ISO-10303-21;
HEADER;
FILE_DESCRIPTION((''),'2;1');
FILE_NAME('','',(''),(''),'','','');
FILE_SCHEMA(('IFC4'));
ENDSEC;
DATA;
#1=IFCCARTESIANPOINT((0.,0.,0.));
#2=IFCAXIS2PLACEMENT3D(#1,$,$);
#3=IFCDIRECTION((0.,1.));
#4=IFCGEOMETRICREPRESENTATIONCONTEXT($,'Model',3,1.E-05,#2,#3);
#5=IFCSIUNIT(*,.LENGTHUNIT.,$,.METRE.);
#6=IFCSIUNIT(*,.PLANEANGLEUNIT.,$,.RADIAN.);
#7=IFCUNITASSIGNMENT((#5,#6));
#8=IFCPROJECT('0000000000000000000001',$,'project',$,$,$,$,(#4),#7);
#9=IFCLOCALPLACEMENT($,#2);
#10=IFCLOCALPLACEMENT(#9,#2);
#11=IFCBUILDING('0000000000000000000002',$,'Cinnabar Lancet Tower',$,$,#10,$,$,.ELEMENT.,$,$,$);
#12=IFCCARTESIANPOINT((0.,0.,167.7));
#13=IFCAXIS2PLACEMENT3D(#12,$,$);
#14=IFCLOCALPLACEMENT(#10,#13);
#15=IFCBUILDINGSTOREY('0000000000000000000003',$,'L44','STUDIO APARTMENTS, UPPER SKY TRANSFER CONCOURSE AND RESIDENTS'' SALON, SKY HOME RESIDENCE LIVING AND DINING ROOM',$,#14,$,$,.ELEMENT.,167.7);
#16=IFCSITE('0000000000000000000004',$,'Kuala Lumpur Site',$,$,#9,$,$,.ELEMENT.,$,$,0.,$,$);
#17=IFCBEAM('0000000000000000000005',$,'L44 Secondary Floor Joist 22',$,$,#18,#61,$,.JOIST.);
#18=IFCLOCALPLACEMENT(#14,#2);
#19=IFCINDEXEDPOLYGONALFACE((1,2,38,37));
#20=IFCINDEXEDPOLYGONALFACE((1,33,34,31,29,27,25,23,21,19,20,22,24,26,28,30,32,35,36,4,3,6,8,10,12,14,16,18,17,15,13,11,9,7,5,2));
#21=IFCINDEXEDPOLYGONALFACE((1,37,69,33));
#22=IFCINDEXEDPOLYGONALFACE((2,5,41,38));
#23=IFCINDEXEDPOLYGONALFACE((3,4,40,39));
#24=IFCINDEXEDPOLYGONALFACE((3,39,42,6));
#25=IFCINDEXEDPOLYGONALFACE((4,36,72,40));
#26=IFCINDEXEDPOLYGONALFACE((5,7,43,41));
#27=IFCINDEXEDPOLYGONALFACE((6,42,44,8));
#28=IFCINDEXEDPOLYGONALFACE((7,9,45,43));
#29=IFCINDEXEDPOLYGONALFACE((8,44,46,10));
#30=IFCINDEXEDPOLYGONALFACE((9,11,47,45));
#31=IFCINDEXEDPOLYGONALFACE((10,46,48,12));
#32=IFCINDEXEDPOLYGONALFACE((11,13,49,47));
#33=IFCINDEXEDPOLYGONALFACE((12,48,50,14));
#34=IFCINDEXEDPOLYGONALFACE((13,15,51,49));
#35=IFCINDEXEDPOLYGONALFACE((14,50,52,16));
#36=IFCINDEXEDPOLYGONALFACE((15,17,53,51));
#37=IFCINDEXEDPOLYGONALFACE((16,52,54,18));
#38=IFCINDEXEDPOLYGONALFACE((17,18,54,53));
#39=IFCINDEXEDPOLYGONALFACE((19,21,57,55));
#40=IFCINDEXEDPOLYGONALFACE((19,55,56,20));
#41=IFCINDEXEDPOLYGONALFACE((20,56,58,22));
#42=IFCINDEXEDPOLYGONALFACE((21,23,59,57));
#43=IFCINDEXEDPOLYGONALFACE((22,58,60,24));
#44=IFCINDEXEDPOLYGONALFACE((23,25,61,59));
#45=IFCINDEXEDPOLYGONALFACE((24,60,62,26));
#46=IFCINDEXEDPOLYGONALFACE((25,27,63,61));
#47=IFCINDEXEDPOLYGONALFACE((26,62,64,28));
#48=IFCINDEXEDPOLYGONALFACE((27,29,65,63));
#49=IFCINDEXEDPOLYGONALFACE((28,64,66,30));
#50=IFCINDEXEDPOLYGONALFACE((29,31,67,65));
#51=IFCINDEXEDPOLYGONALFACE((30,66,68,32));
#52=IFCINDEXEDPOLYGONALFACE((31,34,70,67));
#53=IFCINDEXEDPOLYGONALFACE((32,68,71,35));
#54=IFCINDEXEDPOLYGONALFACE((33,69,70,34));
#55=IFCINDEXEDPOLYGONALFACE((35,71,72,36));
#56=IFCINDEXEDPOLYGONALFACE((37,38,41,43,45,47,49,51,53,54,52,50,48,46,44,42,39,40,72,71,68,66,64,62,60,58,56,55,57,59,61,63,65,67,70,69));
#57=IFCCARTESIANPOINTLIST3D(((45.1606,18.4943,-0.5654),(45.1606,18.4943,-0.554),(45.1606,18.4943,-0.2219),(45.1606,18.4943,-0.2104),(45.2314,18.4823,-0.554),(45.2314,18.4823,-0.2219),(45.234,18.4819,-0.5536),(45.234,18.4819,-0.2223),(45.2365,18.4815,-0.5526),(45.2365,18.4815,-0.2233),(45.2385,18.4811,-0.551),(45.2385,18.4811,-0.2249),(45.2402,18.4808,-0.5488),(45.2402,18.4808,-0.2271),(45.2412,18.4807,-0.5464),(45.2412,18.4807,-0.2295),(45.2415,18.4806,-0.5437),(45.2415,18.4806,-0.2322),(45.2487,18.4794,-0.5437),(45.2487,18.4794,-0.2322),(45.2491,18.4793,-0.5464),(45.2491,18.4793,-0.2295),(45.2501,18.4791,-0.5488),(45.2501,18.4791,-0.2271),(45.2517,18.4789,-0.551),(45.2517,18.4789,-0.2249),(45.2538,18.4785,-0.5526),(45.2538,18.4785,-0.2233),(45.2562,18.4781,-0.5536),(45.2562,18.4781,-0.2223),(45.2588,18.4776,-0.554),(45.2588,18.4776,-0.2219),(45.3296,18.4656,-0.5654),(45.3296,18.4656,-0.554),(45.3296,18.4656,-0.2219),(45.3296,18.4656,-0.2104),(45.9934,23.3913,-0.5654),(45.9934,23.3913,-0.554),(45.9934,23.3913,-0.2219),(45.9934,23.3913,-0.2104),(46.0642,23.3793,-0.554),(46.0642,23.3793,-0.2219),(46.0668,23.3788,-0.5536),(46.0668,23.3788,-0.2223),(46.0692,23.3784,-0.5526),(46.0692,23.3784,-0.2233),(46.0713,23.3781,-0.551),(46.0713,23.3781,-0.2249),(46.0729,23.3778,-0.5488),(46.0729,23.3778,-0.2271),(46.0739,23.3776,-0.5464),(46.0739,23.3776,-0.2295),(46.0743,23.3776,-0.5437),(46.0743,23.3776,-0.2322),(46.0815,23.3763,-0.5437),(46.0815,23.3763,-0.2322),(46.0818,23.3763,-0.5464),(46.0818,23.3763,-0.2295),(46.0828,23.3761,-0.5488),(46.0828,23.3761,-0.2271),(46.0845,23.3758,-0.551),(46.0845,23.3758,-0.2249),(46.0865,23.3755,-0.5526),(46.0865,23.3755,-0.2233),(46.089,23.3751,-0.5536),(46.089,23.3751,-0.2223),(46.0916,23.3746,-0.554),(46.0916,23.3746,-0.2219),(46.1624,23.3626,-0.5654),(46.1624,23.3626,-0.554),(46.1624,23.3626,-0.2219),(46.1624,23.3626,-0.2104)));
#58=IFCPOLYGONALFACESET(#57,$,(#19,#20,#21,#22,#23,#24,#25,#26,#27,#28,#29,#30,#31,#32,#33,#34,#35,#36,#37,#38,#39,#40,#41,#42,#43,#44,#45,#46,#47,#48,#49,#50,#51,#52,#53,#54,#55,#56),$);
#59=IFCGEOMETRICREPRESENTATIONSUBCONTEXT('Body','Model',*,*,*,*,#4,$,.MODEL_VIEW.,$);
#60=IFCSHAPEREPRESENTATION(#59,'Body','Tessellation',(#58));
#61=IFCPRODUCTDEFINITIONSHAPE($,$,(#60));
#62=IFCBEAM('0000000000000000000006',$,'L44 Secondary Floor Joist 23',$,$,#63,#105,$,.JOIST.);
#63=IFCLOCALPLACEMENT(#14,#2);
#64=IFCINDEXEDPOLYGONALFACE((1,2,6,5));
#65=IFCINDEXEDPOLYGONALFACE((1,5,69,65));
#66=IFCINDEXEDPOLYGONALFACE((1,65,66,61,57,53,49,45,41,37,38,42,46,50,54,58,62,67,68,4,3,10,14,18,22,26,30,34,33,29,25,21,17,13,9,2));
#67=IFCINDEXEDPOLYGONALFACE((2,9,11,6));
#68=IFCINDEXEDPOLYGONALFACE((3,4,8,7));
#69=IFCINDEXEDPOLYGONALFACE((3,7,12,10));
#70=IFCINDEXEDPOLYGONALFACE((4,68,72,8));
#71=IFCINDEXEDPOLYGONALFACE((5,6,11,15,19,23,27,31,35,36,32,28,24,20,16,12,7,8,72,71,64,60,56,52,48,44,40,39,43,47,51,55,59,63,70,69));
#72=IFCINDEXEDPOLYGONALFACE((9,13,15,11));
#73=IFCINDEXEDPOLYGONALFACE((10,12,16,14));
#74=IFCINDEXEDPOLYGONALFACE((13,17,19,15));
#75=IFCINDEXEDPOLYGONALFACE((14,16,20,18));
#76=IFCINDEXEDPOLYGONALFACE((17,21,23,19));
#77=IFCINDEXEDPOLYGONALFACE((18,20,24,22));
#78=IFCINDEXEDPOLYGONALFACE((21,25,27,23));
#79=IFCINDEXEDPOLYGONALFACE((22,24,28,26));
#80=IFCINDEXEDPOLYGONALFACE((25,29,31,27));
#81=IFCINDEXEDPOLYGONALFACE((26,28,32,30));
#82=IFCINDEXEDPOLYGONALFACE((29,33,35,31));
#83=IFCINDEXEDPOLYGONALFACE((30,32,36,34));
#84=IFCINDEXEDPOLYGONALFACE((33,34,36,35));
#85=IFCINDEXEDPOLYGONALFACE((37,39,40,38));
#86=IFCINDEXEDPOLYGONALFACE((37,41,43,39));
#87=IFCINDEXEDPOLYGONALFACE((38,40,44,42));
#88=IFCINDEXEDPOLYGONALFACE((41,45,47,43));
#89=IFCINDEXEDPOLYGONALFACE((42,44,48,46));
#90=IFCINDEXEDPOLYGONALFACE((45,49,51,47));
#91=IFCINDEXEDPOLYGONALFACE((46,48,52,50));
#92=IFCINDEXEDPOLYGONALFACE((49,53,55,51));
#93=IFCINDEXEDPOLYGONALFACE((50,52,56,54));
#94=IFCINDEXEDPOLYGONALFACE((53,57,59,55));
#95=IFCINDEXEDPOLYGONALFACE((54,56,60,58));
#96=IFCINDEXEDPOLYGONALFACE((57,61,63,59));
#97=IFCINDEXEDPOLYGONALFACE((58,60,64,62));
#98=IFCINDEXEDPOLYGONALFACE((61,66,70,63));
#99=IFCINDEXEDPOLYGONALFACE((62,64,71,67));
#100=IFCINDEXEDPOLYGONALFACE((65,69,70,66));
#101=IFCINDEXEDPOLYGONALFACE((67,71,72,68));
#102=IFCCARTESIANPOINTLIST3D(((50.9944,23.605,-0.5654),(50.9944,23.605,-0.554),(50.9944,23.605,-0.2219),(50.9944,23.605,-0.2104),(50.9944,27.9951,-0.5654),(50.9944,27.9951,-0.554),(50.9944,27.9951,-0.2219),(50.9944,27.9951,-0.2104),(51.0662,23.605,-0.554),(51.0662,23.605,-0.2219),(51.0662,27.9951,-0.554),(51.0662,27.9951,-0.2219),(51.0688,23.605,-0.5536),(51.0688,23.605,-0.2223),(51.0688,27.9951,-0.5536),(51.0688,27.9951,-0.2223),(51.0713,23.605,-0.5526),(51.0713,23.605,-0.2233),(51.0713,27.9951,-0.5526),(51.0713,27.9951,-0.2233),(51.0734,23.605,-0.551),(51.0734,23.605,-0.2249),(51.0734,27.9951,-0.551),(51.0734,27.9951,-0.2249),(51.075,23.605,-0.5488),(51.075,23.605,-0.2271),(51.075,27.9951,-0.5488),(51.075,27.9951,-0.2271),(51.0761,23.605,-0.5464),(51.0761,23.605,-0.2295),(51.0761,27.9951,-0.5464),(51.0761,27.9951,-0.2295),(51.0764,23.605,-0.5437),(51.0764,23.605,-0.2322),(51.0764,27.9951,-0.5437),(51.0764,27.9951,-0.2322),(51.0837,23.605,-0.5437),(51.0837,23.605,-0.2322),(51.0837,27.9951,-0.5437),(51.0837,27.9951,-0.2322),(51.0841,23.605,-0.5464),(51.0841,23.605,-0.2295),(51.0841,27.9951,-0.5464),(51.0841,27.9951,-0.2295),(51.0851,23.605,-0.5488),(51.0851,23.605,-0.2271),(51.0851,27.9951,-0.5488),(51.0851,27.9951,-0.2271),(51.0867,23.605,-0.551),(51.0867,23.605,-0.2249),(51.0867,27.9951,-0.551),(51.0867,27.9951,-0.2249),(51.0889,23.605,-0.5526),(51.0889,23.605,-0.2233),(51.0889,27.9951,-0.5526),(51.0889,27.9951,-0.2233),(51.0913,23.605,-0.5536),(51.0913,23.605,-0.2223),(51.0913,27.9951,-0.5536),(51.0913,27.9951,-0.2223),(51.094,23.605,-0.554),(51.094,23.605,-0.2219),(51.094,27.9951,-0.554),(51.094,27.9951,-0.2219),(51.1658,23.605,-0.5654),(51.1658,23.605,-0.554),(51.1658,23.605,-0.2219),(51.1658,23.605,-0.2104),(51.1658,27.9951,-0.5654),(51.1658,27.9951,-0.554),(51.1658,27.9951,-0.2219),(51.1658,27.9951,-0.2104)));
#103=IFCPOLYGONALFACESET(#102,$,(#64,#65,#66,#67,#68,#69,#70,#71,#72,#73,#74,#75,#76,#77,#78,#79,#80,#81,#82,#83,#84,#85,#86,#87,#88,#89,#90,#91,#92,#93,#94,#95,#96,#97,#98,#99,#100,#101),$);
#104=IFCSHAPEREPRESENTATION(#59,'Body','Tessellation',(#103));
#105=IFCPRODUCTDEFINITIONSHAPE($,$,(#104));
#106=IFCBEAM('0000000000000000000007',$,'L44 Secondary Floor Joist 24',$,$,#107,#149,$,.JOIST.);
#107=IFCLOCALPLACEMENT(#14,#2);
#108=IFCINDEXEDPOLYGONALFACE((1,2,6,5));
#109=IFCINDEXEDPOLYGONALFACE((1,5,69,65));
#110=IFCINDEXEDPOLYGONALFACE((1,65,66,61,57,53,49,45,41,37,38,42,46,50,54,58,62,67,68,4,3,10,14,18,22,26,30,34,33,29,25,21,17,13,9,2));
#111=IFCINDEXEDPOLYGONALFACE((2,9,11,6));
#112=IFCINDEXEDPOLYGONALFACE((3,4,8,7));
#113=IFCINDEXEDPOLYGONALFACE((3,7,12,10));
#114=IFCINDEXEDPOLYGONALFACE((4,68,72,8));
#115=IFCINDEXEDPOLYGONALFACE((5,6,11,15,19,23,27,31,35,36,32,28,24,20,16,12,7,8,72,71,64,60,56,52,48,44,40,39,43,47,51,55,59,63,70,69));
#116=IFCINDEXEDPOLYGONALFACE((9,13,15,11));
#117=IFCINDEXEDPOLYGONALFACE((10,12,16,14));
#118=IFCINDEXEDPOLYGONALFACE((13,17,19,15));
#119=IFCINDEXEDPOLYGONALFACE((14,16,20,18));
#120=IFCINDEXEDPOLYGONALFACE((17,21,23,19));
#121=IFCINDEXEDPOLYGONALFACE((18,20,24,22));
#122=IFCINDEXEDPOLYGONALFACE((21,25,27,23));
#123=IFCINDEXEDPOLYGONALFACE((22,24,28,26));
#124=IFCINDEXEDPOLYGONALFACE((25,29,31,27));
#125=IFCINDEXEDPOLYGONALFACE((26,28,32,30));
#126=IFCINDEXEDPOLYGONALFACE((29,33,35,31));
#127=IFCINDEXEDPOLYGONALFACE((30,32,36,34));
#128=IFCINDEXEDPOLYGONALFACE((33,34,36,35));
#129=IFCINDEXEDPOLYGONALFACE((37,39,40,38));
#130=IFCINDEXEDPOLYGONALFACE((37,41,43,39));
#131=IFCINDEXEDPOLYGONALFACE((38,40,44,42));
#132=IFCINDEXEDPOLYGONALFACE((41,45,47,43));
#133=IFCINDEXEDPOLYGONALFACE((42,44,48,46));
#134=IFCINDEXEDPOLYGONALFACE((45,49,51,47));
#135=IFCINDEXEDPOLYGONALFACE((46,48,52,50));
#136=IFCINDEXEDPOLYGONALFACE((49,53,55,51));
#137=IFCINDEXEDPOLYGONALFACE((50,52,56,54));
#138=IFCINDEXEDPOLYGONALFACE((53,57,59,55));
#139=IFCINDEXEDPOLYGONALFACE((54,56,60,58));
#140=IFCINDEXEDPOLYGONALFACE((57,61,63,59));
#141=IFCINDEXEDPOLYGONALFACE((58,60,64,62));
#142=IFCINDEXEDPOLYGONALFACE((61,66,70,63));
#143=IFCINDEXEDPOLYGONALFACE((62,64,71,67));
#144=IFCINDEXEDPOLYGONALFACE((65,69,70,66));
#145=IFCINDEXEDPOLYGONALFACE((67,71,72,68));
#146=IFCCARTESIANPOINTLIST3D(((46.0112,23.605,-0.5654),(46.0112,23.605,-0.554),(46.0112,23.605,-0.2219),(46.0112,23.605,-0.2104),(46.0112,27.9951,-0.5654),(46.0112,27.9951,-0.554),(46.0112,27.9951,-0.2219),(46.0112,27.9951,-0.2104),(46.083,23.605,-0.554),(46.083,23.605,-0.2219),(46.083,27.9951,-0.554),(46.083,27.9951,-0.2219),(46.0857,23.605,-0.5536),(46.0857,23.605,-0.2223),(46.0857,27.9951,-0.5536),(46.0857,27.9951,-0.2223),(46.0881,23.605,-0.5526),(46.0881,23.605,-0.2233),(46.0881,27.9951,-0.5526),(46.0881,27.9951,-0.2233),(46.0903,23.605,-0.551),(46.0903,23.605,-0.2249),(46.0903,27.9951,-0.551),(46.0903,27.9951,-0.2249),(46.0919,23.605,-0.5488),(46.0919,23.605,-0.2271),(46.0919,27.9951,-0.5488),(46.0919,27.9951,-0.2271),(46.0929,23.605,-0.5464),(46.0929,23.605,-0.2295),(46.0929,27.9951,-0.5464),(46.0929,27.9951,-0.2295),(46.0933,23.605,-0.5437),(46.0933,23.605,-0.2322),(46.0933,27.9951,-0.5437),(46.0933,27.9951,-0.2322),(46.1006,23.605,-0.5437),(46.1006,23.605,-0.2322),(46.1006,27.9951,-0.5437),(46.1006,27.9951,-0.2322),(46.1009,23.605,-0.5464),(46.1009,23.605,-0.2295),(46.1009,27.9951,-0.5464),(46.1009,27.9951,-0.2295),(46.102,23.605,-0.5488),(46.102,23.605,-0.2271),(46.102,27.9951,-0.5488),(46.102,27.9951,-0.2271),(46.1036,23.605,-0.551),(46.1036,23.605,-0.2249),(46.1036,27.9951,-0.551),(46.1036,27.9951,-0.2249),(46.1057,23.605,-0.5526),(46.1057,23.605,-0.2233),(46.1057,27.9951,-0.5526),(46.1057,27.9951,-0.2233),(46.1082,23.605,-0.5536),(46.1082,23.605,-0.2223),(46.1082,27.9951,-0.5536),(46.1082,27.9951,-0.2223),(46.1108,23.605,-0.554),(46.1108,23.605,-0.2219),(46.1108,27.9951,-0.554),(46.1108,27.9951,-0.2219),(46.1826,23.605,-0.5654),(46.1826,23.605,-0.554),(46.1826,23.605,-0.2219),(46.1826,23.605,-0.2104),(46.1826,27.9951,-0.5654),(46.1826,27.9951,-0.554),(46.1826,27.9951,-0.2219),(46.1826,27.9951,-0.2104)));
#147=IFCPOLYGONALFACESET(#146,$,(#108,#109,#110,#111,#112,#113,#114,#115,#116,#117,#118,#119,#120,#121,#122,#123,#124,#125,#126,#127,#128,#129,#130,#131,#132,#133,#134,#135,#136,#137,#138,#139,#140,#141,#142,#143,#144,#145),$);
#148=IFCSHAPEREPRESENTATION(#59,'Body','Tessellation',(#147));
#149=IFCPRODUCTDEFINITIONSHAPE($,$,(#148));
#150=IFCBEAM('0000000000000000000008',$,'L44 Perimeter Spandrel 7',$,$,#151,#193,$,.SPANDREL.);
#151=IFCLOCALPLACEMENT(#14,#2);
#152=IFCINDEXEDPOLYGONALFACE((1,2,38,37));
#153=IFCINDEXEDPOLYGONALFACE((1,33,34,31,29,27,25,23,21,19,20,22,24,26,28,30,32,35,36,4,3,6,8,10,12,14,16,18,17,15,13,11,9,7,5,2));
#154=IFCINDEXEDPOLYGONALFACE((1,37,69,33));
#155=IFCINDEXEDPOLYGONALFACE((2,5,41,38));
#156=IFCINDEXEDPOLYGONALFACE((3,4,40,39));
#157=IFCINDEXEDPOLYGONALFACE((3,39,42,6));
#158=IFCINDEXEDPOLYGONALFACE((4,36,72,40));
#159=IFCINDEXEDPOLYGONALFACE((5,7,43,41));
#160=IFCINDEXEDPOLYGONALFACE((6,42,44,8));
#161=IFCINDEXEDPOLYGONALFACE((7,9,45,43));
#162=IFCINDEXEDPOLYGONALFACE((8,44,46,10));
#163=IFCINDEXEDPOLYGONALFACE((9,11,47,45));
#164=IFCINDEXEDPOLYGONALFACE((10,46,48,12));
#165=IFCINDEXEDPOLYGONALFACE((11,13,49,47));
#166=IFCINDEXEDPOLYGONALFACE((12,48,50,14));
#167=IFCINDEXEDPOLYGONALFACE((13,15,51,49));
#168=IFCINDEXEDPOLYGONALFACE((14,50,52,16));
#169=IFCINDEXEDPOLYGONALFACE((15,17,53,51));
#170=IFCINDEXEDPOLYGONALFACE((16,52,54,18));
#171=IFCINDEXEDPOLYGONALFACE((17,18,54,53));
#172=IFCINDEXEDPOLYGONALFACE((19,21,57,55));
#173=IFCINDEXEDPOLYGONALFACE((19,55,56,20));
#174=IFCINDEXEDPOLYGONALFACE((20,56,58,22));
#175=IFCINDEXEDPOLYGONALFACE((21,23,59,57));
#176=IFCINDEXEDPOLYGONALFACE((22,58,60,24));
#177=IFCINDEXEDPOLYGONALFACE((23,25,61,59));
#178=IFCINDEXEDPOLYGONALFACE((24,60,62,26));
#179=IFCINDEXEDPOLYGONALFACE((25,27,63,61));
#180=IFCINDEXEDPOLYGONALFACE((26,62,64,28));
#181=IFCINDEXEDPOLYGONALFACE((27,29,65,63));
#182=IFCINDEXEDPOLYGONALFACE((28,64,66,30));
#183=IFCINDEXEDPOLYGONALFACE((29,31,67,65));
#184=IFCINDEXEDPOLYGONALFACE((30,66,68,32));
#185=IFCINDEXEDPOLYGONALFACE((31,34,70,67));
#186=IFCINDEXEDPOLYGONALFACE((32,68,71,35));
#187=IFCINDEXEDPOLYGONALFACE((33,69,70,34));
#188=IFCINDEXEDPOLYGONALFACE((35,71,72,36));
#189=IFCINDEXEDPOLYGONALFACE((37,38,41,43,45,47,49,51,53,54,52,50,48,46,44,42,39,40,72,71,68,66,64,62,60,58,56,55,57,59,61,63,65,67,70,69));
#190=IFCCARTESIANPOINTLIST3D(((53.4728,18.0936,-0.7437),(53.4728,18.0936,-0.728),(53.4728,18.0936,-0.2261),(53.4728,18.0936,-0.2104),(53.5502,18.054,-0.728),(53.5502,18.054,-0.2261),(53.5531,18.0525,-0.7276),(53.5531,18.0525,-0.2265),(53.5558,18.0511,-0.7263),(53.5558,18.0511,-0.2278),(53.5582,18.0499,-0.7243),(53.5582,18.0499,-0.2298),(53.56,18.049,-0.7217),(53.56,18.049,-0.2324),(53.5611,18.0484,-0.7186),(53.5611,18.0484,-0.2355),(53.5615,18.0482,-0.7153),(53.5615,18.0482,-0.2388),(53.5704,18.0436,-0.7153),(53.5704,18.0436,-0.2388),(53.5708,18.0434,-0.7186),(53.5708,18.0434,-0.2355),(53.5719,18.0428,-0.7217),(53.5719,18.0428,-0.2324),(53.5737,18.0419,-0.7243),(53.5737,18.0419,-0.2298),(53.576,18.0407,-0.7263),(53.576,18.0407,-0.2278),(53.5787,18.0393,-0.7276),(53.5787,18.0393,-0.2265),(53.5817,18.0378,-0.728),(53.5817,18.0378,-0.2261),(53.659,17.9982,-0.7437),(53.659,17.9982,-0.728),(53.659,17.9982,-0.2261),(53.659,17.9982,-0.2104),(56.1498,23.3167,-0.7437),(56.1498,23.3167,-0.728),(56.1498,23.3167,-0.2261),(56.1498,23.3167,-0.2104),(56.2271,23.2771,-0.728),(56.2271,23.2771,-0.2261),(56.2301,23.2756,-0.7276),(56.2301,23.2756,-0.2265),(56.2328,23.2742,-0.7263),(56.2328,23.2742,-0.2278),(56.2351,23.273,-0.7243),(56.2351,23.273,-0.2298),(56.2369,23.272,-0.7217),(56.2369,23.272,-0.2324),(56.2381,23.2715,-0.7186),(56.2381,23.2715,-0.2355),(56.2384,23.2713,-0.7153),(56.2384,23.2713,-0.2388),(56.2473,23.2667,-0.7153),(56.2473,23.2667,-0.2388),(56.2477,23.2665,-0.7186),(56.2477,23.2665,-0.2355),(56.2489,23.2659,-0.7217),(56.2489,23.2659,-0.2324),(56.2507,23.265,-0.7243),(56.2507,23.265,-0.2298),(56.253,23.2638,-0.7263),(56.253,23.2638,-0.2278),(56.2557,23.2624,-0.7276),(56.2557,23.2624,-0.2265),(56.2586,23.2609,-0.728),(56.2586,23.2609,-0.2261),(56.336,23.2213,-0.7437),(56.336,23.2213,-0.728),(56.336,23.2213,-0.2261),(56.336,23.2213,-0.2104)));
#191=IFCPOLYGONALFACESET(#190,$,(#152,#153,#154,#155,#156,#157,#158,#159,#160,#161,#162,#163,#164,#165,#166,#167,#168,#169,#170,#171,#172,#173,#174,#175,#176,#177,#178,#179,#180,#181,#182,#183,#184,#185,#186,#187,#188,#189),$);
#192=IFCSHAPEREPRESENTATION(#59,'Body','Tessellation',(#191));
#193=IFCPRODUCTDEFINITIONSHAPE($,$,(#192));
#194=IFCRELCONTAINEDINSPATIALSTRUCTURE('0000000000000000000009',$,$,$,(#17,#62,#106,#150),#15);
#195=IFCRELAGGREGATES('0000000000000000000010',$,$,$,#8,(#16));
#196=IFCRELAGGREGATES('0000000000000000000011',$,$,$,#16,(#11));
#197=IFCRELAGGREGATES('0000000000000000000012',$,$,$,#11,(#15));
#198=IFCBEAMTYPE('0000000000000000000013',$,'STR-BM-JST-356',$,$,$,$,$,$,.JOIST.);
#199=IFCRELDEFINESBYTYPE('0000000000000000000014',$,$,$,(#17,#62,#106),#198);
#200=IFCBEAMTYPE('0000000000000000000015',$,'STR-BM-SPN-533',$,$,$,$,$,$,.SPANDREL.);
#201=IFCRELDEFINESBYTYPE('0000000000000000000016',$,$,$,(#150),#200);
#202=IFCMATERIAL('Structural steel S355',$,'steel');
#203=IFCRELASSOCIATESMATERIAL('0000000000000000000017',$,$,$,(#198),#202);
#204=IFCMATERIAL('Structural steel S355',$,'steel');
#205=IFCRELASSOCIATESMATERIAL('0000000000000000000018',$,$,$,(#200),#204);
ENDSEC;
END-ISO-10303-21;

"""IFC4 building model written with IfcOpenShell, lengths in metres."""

from ifc_helpers import new_model, si_unit, direction, frame, origin, origin_2d, place, context, subcontext, project, spatial, i_section, extrude, material, material_profile, profile_set, type_object, element, save


model = new_model("IFC4")

# Units and contexts
model_context = context("Model", 3, precision=1e-05, world=origin(), true_north=direction((0.0, 1.0)))
body_context = subcontext(model_context, "Body", "Model", "MODEL_VIEW")
ifc_project = project(units=[si_unit("LENGTHUNIT", "METRE"), si_unit("PLANEANGLEUNIT", "RADIAN")], contexts=[model_context])

# Site, building, storey
site_placement = place(None, origin())
site = spatial("IfcSite", under=ifc_project, at=site_placement, Name="Kuala Lumpur Site", CompositionType="ELEMENT", RefElevation=0.0)
building_placement = place(site_placement, origin())
building = spatial("IfcBuilding", under=site, at=building_placement, Name="Cinnabar Lancet Tower", CompositionType="ELEMENT")
storey_placement = place(building_placement, frame((0.0, 0.0, 167.7)))
storey = spatial("IfcBuildingStorey", under=building, at=storey_placement, Name="L44", Description="STUDIO APARTMENTS, UPPER SKY TRANSFER CONCOURSE AND RESIDENTS' SALON, SKY HOME RESIDENCE LIVING AND DINING ROOM", CompositionType="ELEMENT", Elevation=167.7)

# Beams
ifc_material_1 = material(Name="Structural steel S355", Category="steel")
ifc_material_profile_1 = material_profile(ifc_material_1, i_section(OverallWidth=0.1714, OverallDepth=0.355, WebThickness=0.0073, FlangeThickness=0.0115, FilletRadius=0.0103, at=origin_2d()), Name="UKB 356x171x51")
ifc_profile_set_1 = profile_set([ifc_material_profile_1], Name="Structural steel S355")
beam_type_1 = type_object("IfcBeamType", Name="STR-BM-JST-356", PredefinedType="JOIST", material=ifc_profile_set_1)
beam_1_placement = place(storey_placement, frame((45.2451, 18.48, -0.3879), z_axis=(0.16765, 0.985847, 0.0), x_axis=(-0.985847, 0.16765, 0.0)))
element("IfcBeam", 1, at=beam_1_placement, inside=storey, type_object=beam_type_1, Name="L44 Secondary Floor Joist 22", PredefinedType="JOIST", context=body_context, shape_type="SweptSolid", body=[
    extrude(i_section(OverallWidth=0.1714, OverallDepth=0.355, WebThickness=0.0073, FlangeThickness=0.0115, FilletRadius=0.0103, at=origin_2d()), origin(), (0.0, 0.0, 1.0), 4.9673),
])
for number, where, z_axis, x_axis, name in (
    (2, (51.0801, 23.605, -0.3879), (0.0, 1.0, 0.0), (-1.0, 0.0, 0.0), "L44 Secondary Floor Joist 23"),
    (3, (46.0969, 23.605, -0.3879), (0.0, 1.0, 0.0), (-1.0, 0.0, 0.0), "L44 Secondary Floor Joist 24"),
):
    element("IfcBeam", number, at=place(storey_placement, frame(where, z_axis=z_axis, x_axis=x_axis)), inside=storey, type_object=beam_type_1, Name=name, PredefinedType="JOIST", context=body_context, shape_type="SweptSolid", body=[
        extrude(i_section(OverallWidth=0.1714, OverallDepth=0.355, WebThickness=0.0073, FlangeThickness=0.0115, FilletRadius=0.0103, at=origin_2d()), origin(), (0.0, 0.0, 1.0), 4.3901),
    ])
ifc_material_2 = material(Name="Structural steel S355", Category="steel")
ifc_material_profile_2 = material_profile(ifc_material_2, i_section(OverallWidth=0.2092, OverallDepth=0.5332, WebThickness=0.01, FlangeThickness=0.0156, FilletRadius=0.0127, at=origin_2d()), Name="UKB 533x210x92")
ifc_profile_set_2 = profile_set([ifc_material_profile_2], Name="Structural steel S355")
beam_type_2 = type_object("IfcBeamType", Name="STR-BM-SPN-533", PredefinedType="SPANDREL", material=ifc_profile_set_2)
beam_2_placement = place(storey_placement, frame((53.5659, 18.0459, -0.4771), z_axis=(0.45611, 0.889924, 0.0), x_axis=(-0.889924, 0.45611, 0.0)))
element("IfcBeam", 4, at=beam_2_placement, inside=storey, type_object=beam_type_2, Name="L44 Perimeter Spandrel 7", PredefinedType="SPANDREL", context=body_context, shape_type="SweptSolid", body=[
    extrude(i_section(OverallWidth=0.2092, OverallDepth=0.5332, WebThickness=0.01, FlangeThickness=0.0156, FilletRadius=0.0127, at=origin_2d()), origin(), (0.0, 0.0, 1.0), 5.8691),
])

save(model, "model.ifc")
